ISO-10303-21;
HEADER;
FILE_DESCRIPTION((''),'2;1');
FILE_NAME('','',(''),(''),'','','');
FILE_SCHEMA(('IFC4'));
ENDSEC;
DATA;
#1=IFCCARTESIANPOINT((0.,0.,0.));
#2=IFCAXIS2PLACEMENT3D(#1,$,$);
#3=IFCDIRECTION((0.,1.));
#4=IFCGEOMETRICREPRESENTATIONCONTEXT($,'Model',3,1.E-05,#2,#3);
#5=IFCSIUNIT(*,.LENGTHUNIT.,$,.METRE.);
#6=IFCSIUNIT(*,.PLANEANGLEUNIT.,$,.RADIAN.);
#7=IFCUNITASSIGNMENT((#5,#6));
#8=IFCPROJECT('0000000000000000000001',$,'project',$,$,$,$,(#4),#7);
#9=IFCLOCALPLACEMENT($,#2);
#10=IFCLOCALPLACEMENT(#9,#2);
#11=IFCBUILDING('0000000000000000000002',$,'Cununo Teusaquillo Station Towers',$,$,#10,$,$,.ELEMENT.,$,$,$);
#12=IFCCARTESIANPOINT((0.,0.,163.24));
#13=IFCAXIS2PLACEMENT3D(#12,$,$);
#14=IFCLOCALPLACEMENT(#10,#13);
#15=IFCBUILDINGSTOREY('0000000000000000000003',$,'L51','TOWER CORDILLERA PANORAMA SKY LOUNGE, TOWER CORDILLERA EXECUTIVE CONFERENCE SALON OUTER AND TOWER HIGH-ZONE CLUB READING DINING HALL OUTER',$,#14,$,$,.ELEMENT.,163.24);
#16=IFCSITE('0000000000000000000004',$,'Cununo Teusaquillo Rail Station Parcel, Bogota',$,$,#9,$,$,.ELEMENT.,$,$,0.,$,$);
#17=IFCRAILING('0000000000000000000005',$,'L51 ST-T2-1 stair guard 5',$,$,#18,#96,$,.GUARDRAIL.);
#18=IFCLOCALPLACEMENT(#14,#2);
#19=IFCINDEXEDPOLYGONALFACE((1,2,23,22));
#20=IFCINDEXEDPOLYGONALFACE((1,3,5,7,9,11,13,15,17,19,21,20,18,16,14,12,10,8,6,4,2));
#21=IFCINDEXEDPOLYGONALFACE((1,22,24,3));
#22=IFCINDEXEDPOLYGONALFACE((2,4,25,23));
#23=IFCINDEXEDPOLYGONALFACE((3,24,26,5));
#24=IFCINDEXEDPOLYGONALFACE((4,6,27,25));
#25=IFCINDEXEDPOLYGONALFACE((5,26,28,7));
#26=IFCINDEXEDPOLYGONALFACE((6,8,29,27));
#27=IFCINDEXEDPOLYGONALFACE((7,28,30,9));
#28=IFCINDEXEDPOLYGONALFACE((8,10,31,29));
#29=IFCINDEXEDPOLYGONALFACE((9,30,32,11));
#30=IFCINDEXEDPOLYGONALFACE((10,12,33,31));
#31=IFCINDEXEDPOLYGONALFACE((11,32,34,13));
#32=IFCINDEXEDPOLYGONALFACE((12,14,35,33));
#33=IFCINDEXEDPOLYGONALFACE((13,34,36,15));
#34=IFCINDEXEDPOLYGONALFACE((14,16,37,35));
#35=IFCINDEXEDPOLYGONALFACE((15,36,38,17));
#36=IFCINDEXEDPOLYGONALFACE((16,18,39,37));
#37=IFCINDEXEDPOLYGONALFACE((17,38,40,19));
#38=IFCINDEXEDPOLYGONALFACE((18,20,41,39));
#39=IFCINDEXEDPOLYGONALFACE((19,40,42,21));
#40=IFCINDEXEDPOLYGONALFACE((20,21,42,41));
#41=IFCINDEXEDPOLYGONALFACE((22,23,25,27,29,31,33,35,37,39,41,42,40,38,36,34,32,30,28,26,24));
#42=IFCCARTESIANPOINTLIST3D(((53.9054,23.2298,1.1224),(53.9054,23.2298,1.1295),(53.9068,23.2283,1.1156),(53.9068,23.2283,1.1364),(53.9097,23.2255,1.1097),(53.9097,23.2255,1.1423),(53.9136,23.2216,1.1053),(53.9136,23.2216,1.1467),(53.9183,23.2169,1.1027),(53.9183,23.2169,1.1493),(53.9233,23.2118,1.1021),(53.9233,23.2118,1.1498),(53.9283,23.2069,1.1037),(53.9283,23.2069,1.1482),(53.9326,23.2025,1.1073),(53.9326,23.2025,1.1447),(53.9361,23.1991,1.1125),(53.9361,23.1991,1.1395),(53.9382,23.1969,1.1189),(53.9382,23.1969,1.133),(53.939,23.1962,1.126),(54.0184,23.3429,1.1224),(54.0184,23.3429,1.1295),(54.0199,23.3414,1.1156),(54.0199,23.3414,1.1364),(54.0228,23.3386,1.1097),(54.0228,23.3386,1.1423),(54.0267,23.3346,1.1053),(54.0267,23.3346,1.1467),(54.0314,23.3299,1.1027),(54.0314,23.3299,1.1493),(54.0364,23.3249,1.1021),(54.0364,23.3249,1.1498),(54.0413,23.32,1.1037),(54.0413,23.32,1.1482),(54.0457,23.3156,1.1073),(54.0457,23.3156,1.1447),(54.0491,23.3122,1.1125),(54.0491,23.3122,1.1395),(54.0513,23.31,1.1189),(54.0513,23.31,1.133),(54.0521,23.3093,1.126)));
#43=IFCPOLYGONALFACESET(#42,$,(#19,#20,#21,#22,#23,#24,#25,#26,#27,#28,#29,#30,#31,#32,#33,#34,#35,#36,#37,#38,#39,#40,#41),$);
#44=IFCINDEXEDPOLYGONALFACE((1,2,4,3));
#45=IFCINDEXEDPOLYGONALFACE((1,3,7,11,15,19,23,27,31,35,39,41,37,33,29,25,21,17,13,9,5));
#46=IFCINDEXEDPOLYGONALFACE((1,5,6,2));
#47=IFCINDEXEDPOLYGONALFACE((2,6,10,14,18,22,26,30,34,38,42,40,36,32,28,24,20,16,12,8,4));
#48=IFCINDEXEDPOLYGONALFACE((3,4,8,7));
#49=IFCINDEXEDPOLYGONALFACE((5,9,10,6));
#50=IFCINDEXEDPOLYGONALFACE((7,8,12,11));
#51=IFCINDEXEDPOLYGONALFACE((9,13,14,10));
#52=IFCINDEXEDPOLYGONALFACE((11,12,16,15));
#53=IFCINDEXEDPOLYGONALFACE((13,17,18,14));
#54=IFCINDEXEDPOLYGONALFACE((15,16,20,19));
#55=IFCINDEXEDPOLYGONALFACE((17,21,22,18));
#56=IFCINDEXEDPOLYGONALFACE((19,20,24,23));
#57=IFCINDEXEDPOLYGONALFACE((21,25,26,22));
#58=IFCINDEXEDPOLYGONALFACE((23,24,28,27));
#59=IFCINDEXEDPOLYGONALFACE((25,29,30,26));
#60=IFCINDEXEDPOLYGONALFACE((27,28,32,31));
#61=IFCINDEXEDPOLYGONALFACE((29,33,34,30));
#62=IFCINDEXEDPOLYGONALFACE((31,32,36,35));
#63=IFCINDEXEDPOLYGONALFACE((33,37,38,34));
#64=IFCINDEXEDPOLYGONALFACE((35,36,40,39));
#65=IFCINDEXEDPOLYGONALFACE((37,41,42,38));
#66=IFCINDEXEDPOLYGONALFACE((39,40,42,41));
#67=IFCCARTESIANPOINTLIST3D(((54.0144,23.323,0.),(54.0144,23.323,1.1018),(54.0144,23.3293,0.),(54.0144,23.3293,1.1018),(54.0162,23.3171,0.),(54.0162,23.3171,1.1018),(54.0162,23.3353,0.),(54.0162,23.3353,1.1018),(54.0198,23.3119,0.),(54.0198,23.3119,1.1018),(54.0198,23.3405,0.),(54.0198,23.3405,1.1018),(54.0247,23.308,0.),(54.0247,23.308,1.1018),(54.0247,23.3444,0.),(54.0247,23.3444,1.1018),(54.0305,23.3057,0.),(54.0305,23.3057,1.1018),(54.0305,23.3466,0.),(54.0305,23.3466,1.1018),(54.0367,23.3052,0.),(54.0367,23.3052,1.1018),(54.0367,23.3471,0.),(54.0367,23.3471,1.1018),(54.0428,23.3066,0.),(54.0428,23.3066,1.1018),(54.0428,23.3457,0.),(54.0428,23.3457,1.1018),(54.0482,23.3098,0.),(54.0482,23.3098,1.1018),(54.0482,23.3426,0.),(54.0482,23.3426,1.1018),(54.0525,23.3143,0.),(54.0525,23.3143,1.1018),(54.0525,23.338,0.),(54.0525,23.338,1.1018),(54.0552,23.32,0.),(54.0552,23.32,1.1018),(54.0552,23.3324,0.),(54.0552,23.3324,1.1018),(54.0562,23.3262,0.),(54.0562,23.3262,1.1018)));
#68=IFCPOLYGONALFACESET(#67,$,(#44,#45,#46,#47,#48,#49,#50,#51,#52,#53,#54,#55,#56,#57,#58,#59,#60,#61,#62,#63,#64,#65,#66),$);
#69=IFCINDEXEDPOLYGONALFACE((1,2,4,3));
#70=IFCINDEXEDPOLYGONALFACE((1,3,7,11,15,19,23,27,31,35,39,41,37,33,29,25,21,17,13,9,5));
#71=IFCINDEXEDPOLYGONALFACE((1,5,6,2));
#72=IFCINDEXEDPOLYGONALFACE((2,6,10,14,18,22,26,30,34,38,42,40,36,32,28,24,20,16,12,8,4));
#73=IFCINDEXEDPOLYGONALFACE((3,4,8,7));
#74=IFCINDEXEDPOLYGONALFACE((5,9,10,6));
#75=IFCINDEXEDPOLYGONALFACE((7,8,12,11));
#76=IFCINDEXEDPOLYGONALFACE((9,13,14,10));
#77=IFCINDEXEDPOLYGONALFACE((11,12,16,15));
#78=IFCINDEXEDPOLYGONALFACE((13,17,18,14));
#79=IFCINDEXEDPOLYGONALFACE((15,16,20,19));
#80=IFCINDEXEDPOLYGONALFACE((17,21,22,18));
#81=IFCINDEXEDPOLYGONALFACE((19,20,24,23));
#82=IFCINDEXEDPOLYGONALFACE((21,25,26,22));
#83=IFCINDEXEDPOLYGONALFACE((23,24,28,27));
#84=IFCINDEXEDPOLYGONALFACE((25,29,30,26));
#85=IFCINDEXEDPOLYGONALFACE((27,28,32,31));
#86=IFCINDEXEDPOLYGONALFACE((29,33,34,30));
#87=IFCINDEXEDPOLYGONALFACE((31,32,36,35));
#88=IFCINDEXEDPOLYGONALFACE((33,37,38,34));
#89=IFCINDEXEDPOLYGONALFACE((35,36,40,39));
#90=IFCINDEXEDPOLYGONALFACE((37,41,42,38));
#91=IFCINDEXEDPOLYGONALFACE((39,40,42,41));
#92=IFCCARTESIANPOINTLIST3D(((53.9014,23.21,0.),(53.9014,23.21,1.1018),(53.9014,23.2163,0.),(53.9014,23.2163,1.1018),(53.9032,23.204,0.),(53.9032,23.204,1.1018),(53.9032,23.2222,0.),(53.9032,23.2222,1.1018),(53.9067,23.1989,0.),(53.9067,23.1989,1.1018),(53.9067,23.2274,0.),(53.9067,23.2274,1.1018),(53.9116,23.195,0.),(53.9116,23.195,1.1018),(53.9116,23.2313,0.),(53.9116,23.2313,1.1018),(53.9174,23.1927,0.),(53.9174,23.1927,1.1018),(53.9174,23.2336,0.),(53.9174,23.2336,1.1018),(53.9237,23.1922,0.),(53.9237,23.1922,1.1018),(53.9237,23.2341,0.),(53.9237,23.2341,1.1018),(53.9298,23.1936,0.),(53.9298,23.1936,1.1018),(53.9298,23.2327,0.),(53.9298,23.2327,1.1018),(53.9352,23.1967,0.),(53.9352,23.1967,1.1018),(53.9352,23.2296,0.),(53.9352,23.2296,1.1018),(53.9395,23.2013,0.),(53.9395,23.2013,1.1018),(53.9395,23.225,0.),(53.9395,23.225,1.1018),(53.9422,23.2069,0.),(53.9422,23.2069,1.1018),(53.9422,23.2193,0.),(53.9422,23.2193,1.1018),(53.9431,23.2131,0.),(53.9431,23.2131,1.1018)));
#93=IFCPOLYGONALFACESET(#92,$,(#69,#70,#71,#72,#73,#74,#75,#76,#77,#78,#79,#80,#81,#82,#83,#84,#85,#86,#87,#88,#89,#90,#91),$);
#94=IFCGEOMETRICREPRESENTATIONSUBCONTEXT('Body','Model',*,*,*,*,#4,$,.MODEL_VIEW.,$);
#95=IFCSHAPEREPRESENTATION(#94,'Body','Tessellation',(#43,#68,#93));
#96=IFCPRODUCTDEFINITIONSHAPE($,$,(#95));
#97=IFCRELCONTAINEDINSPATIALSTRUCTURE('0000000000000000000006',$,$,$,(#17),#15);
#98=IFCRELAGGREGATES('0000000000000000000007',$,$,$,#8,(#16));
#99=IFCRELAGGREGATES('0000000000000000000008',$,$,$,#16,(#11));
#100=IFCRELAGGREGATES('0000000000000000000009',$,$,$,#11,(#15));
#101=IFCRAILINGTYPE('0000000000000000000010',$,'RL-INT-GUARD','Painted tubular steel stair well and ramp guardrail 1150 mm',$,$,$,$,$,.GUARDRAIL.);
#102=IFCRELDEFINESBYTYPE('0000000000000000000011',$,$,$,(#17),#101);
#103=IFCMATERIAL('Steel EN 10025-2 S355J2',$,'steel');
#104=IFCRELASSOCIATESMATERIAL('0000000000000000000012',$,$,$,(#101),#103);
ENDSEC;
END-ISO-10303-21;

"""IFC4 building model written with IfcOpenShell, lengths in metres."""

from ifc_helpers import new_model, si_unit, direction, frame, origin, origin_2d, place, context, subcontext, project, spatial, circle, extrude, material, type_object, element, save


model = new_model("IFC4")

# Units and contexts
model_context = context("Model", 3, precision=1e-05, world=origin(), true_north=direction((0.0, 1.0)))
body_context = subcontext(model_context, "Body", "Model", "MODEL_VIEW")
ifc_project = project(units=[si_unit("LENGTHUNIT", "METRE"), si_unit("PLANEANGLEUNIT", "RADIAN")], contexts=[model_context])

# Site, building, storey
site_placement = place(None, origin())
site = spatial("IfcSite", under=ifc_project, at=site_placement, Name="Cununo Teusaquillo Rail Station Parcel, Bogota", CompositionType="ELEMENT", RefElevation=0.0)
building_placement = place(site_placement, origin())
building = spatial("IfcBuilding", under=site, at=building_placement, Name="Cununo Teusaquillo Station Towers", CompositionType="ELEMENT")
storey_placement = place(building_placement, frame((0.0, 0.0, 163.24)))
storey = spatial("IfcBuildingStorey", under=building, at=storey_placement, Name="L51", Description="TOWER CORDILLERA PANORAMA SKY LOUNGE, TOWER CORDILLERA EXECUTIVE CONFERENCE SALON OUTER AND TOWER HIGH-ZONE CLUB READING DINING HALL OUTER", CompositionType="ELEMENT", Elevation=163.24)

# Railing
ifc_material_1 = material(Name="Steel EN 10025-2 S355J2", Category="steel")
railing_type_1 = type_object("IfcRailingType", Name="RL-INT-GUARD", Description="Painted tubular steel stair well and ramp guardrail 1150 mm", PredefinedType="GUARDRAIL", material=ifc_material_1)
railing_1_placement = place(storey_placement, frame((54.0352, 23.3262, 0.0)))
element("IfcRailing", 1, at=railing_1_placement, inside=storey, type_object=railing_type_1, Name="L51 ST-T2-1 stair guard 5", PredefinedType="GUARDRAIL", context=body_context, shape_type="SweptSolid", body=[
    extrude(circle(Radius=0.0239, at=origin_2d()), frame((0.0, 0.0, 1.126), z_axis=(-0.707107, -0.707107, 0.0), x_axis=(0.707107, -0.707107, 0.0)), (0.0, 0.0, 1.0), 0.1599),
    extrude(circle(Radius=0.021, at=origin_2d()), origin(), (0.0, 0.0, 1.0), 1.1018),
    extrude(circle(Radius=0.021, at=origin_2d()), frame((-0.113, -0.113, 0.0)), (0.0, 0.0, 1.0), 1.1018),
])

save(model, "model.ifc")
